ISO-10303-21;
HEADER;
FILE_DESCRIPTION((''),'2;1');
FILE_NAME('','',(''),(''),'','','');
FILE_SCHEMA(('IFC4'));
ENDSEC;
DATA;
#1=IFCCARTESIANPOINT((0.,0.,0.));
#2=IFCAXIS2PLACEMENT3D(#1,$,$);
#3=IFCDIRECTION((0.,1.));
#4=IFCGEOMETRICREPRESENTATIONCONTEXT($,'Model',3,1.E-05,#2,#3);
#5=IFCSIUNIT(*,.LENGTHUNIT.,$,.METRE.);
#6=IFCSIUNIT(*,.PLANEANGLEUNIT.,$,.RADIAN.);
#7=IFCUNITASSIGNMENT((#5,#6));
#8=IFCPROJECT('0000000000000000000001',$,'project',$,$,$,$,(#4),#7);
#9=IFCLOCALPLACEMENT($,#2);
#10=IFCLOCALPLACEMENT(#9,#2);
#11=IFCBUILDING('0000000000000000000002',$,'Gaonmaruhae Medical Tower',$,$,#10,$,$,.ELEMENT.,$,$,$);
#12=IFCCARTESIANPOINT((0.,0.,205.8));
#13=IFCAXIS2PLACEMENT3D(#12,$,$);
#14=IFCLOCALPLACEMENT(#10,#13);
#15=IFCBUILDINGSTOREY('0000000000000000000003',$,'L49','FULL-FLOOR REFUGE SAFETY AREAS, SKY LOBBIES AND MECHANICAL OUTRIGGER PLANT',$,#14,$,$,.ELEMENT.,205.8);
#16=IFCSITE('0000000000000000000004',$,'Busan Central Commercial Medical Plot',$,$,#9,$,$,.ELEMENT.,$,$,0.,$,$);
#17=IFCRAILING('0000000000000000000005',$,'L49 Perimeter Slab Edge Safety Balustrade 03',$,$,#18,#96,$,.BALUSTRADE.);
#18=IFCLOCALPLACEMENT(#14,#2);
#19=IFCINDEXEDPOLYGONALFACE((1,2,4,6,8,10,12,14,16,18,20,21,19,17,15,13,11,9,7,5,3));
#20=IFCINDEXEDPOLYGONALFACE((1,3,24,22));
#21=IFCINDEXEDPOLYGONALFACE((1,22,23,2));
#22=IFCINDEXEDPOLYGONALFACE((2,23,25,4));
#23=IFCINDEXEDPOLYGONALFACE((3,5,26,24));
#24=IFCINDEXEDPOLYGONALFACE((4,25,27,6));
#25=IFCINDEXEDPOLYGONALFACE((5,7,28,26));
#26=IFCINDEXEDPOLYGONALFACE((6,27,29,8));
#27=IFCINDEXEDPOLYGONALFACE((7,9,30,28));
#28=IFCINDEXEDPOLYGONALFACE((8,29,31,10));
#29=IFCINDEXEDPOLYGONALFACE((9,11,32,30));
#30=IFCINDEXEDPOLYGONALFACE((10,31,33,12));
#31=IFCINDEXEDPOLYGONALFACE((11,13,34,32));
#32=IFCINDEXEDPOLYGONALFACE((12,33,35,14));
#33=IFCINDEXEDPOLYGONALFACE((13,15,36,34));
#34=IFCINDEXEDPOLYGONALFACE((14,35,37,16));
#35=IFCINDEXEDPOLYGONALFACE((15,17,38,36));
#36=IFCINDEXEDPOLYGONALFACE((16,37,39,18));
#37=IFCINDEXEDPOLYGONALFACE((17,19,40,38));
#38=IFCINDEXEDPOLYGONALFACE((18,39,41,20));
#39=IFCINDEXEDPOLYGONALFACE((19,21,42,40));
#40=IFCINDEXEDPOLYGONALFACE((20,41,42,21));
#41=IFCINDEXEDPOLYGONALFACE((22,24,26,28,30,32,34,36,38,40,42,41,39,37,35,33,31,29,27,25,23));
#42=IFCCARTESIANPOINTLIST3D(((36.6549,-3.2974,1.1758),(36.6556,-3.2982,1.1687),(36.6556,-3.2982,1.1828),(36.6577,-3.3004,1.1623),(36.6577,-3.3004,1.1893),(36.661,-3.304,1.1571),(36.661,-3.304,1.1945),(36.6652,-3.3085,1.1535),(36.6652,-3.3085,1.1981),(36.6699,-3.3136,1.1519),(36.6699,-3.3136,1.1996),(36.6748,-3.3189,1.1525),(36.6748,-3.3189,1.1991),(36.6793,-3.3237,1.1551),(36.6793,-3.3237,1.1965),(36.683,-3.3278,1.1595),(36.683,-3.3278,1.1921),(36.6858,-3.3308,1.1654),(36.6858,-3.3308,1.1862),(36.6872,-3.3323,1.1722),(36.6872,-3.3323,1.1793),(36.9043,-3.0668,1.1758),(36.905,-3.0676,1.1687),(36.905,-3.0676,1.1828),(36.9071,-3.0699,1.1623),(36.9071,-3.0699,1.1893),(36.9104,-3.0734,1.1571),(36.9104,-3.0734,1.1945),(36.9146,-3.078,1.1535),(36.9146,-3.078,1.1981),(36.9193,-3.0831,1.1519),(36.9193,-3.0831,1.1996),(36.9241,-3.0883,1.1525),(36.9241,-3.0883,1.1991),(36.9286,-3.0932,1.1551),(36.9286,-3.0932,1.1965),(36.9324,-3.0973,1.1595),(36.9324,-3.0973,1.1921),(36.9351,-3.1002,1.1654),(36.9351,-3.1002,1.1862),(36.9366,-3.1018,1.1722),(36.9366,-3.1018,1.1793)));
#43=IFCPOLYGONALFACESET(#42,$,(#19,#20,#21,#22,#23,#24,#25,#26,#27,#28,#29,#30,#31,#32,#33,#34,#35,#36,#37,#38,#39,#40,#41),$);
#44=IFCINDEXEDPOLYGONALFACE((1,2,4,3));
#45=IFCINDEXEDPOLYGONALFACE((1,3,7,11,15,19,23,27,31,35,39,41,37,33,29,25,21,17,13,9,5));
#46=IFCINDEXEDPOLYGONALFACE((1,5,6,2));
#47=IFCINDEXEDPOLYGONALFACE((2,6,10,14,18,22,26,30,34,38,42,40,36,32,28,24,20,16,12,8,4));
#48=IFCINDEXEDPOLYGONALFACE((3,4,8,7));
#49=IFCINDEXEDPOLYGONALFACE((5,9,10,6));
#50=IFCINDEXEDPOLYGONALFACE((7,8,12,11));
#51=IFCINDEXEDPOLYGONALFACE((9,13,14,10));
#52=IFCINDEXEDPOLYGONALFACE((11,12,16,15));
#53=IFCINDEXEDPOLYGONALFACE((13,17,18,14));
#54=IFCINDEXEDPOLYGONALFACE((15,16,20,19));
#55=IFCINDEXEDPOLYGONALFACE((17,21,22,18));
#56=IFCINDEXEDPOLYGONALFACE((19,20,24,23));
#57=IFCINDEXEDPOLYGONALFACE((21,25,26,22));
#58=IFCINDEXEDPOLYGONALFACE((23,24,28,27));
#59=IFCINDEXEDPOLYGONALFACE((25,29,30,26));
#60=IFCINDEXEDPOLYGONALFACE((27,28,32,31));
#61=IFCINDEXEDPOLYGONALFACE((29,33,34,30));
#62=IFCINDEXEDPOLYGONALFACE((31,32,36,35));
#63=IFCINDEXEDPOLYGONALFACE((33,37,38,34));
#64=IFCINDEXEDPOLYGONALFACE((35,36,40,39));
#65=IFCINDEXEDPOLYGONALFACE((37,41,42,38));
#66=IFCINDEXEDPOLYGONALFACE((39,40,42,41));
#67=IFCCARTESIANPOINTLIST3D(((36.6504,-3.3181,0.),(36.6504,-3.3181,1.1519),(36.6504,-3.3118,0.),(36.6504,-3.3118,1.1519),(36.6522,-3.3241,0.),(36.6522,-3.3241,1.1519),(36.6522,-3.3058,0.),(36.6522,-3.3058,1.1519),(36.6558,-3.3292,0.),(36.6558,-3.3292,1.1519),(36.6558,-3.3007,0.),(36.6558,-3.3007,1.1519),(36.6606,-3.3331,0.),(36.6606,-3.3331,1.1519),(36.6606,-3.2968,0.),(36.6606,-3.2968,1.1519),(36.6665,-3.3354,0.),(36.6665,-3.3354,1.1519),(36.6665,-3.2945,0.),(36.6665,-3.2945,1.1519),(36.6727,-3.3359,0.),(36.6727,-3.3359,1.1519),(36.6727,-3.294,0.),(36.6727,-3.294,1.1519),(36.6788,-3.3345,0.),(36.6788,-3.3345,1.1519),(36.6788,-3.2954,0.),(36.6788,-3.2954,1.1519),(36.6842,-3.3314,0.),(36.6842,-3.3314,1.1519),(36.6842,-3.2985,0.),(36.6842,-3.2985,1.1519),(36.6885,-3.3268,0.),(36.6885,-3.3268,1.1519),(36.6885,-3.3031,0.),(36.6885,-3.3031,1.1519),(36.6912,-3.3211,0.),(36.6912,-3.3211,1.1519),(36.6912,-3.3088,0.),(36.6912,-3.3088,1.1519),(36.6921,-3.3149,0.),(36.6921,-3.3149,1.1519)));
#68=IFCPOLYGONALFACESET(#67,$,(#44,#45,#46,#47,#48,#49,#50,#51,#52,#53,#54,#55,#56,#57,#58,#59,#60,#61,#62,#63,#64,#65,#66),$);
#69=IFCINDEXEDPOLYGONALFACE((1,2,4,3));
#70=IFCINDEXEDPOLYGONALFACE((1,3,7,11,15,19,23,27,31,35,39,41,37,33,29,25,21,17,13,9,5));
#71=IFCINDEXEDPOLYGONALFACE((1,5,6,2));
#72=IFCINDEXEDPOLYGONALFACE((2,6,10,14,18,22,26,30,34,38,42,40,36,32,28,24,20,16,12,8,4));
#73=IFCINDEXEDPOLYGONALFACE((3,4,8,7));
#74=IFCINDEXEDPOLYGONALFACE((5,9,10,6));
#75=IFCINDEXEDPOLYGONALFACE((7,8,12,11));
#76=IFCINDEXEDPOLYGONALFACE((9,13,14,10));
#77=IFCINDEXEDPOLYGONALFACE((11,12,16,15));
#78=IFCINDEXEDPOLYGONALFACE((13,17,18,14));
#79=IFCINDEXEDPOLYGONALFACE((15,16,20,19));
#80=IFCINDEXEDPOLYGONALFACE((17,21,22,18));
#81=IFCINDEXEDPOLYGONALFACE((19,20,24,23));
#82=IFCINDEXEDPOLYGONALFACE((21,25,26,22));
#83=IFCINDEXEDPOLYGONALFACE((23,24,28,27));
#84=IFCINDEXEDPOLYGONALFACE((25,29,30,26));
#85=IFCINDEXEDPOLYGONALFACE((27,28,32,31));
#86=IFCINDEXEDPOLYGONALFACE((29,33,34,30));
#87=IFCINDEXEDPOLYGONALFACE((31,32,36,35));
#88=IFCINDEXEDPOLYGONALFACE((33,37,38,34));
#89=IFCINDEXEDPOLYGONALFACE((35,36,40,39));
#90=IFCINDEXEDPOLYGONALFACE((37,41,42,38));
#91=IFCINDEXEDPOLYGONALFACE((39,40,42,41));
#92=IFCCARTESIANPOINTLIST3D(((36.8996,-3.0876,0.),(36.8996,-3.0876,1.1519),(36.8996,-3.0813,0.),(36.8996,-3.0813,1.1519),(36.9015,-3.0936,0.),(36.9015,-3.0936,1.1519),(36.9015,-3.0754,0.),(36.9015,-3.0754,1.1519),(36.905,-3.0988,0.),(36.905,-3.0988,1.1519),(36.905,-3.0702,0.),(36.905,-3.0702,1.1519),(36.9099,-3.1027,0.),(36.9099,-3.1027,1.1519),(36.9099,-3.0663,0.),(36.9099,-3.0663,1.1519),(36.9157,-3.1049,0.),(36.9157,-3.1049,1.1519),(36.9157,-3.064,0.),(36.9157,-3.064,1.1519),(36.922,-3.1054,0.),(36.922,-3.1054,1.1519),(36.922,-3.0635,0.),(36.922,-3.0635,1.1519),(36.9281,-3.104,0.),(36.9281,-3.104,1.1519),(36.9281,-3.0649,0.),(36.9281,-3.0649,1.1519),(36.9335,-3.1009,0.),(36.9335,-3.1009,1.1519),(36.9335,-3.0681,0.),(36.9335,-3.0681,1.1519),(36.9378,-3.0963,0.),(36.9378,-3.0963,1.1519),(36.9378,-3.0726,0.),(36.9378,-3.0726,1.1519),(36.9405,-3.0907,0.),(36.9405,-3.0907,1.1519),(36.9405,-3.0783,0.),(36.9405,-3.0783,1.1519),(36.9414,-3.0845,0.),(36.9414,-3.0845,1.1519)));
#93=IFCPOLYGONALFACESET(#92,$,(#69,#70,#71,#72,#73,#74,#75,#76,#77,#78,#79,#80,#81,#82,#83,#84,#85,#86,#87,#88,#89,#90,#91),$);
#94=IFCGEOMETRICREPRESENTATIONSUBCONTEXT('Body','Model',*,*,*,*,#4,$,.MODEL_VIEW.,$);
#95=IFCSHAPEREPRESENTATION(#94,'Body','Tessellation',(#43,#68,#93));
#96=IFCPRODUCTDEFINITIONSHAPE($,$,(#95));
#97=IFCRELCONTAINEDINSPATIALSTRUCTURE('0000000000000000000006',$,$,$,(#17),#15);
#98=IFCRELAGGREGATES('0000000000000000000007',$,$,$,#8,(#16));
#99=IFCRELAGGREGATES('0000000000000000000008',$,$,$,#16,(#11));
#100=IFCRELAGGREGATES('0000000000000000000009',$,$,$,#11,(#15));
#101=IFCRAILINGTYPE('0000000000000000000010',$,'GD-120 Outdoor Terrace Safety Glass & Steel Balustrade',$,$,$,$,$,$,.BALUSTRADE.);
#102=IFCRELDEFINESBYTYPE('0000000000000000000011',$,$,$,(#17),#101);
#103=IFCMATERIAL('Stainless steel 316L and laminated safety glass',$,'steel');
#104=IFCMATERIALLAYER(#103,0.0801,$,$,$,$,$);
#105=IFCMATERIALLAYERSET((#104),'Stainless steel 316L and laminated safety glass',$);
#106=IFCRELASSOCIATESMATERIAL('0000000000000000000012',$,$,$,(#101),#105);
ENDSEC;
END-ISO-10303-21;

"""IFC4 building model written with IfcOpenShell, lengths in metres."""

from ifc_helpers import new_model, si_unit, direction, frame, origin, origin_2d, place, context, subcontext, project, spatial, circle, extrude, material, layer, layer_set, type_object, element, save


model = new_model("IFC4")

# Units and contexts
model_context = context("Model", 3, precision=1e-05, world=origin(), true_north=direction((0.0, 1.0)))
body_context = subcontext(model_context, "Body", "Model", "MODEL_VIEW")
ifc_project = project(units=[si_unit("LENGTHUNIT", "METRE"), si_unit("PLANEANGLEUNIT", "RADIAN")], contexts=[model_context])

# Site, building, storey
site_placement = place(None, origin())
site = spatial("IfcSite", under=ifc_project, at=site_placement, Name="Busan Central Commercial Medical Plot", CompositionType="ELEMENT", RefElevation=0.0)
building_placement = place(site_placement, origin())
building = spatial("IfcBuilding", under=site, at=building_placement, Name="Gaonmaruhae Medical Tower", CompositionType="ELEMENT")
storey_placement = place(building_placement, frame((0.0, 0.0, 205.8)))
storey = spatial("IfcBuildingStorey", under=building, at=storey_placement, Name="L49", Description="FULL-FLOOR REFUGE SAFETY AREAS, SKY LOBBIES AND MECHANICAL OUTRIGGER PLANT", CompositionType="ELEMENT", Elevation=205.8)

# Railing
ifc_material_1 = material(Name="Stainless steel 316L and laminated safety glass", Category="steel")
ifc_layer_1 = layer(ifc_material_1, 0.0801)
ifc_layer_set_1 = layer_set([ifc_layer_1], Name="Stainless steel 316L and laminated safety glass")
railing_type = type_object("IfcRailingType", Name="GD-120 Outdoor Terrace Safety Glass & Steel Balustrade", PredefinedType="BALUSTRADE", material=ifc_layer_set_1)
railing_1_placement = place(storey_placement, frame((36.6711, -3.3149, 0.0)))
element("IfcRailing", 1, at=railing_1_placement, inside=storey, type_object=railing_type, Name="L49 Perimeter Slab Edge Safety Balustrade 03", PredefinedType="BALUSTRADE", context=body_context, shape_type="SweptSolid", body=[
    extrude(circle(Radius=0.0239, at=origin_2d()), frame((0.0, 0.0, 1.1758), z_axis=(0.734252, 0.678877, 0.0), x_axis=(-0.678877, 0.734252, 0.0)), (0.0, 0.0, 1.0), 0.3396),
    extrude(circle(Radius=0.021, at=origin_2d()), origin(), (0.0, 0.0, 1.0), 1.1519),
    extrude(circle(Radius=0.021, at=origin_2d()), frame((0.2493, 0.2305, 0.0)), (0.0, 0.0, 1.0), 1.1519),
])

save(model, "model.ifc")
